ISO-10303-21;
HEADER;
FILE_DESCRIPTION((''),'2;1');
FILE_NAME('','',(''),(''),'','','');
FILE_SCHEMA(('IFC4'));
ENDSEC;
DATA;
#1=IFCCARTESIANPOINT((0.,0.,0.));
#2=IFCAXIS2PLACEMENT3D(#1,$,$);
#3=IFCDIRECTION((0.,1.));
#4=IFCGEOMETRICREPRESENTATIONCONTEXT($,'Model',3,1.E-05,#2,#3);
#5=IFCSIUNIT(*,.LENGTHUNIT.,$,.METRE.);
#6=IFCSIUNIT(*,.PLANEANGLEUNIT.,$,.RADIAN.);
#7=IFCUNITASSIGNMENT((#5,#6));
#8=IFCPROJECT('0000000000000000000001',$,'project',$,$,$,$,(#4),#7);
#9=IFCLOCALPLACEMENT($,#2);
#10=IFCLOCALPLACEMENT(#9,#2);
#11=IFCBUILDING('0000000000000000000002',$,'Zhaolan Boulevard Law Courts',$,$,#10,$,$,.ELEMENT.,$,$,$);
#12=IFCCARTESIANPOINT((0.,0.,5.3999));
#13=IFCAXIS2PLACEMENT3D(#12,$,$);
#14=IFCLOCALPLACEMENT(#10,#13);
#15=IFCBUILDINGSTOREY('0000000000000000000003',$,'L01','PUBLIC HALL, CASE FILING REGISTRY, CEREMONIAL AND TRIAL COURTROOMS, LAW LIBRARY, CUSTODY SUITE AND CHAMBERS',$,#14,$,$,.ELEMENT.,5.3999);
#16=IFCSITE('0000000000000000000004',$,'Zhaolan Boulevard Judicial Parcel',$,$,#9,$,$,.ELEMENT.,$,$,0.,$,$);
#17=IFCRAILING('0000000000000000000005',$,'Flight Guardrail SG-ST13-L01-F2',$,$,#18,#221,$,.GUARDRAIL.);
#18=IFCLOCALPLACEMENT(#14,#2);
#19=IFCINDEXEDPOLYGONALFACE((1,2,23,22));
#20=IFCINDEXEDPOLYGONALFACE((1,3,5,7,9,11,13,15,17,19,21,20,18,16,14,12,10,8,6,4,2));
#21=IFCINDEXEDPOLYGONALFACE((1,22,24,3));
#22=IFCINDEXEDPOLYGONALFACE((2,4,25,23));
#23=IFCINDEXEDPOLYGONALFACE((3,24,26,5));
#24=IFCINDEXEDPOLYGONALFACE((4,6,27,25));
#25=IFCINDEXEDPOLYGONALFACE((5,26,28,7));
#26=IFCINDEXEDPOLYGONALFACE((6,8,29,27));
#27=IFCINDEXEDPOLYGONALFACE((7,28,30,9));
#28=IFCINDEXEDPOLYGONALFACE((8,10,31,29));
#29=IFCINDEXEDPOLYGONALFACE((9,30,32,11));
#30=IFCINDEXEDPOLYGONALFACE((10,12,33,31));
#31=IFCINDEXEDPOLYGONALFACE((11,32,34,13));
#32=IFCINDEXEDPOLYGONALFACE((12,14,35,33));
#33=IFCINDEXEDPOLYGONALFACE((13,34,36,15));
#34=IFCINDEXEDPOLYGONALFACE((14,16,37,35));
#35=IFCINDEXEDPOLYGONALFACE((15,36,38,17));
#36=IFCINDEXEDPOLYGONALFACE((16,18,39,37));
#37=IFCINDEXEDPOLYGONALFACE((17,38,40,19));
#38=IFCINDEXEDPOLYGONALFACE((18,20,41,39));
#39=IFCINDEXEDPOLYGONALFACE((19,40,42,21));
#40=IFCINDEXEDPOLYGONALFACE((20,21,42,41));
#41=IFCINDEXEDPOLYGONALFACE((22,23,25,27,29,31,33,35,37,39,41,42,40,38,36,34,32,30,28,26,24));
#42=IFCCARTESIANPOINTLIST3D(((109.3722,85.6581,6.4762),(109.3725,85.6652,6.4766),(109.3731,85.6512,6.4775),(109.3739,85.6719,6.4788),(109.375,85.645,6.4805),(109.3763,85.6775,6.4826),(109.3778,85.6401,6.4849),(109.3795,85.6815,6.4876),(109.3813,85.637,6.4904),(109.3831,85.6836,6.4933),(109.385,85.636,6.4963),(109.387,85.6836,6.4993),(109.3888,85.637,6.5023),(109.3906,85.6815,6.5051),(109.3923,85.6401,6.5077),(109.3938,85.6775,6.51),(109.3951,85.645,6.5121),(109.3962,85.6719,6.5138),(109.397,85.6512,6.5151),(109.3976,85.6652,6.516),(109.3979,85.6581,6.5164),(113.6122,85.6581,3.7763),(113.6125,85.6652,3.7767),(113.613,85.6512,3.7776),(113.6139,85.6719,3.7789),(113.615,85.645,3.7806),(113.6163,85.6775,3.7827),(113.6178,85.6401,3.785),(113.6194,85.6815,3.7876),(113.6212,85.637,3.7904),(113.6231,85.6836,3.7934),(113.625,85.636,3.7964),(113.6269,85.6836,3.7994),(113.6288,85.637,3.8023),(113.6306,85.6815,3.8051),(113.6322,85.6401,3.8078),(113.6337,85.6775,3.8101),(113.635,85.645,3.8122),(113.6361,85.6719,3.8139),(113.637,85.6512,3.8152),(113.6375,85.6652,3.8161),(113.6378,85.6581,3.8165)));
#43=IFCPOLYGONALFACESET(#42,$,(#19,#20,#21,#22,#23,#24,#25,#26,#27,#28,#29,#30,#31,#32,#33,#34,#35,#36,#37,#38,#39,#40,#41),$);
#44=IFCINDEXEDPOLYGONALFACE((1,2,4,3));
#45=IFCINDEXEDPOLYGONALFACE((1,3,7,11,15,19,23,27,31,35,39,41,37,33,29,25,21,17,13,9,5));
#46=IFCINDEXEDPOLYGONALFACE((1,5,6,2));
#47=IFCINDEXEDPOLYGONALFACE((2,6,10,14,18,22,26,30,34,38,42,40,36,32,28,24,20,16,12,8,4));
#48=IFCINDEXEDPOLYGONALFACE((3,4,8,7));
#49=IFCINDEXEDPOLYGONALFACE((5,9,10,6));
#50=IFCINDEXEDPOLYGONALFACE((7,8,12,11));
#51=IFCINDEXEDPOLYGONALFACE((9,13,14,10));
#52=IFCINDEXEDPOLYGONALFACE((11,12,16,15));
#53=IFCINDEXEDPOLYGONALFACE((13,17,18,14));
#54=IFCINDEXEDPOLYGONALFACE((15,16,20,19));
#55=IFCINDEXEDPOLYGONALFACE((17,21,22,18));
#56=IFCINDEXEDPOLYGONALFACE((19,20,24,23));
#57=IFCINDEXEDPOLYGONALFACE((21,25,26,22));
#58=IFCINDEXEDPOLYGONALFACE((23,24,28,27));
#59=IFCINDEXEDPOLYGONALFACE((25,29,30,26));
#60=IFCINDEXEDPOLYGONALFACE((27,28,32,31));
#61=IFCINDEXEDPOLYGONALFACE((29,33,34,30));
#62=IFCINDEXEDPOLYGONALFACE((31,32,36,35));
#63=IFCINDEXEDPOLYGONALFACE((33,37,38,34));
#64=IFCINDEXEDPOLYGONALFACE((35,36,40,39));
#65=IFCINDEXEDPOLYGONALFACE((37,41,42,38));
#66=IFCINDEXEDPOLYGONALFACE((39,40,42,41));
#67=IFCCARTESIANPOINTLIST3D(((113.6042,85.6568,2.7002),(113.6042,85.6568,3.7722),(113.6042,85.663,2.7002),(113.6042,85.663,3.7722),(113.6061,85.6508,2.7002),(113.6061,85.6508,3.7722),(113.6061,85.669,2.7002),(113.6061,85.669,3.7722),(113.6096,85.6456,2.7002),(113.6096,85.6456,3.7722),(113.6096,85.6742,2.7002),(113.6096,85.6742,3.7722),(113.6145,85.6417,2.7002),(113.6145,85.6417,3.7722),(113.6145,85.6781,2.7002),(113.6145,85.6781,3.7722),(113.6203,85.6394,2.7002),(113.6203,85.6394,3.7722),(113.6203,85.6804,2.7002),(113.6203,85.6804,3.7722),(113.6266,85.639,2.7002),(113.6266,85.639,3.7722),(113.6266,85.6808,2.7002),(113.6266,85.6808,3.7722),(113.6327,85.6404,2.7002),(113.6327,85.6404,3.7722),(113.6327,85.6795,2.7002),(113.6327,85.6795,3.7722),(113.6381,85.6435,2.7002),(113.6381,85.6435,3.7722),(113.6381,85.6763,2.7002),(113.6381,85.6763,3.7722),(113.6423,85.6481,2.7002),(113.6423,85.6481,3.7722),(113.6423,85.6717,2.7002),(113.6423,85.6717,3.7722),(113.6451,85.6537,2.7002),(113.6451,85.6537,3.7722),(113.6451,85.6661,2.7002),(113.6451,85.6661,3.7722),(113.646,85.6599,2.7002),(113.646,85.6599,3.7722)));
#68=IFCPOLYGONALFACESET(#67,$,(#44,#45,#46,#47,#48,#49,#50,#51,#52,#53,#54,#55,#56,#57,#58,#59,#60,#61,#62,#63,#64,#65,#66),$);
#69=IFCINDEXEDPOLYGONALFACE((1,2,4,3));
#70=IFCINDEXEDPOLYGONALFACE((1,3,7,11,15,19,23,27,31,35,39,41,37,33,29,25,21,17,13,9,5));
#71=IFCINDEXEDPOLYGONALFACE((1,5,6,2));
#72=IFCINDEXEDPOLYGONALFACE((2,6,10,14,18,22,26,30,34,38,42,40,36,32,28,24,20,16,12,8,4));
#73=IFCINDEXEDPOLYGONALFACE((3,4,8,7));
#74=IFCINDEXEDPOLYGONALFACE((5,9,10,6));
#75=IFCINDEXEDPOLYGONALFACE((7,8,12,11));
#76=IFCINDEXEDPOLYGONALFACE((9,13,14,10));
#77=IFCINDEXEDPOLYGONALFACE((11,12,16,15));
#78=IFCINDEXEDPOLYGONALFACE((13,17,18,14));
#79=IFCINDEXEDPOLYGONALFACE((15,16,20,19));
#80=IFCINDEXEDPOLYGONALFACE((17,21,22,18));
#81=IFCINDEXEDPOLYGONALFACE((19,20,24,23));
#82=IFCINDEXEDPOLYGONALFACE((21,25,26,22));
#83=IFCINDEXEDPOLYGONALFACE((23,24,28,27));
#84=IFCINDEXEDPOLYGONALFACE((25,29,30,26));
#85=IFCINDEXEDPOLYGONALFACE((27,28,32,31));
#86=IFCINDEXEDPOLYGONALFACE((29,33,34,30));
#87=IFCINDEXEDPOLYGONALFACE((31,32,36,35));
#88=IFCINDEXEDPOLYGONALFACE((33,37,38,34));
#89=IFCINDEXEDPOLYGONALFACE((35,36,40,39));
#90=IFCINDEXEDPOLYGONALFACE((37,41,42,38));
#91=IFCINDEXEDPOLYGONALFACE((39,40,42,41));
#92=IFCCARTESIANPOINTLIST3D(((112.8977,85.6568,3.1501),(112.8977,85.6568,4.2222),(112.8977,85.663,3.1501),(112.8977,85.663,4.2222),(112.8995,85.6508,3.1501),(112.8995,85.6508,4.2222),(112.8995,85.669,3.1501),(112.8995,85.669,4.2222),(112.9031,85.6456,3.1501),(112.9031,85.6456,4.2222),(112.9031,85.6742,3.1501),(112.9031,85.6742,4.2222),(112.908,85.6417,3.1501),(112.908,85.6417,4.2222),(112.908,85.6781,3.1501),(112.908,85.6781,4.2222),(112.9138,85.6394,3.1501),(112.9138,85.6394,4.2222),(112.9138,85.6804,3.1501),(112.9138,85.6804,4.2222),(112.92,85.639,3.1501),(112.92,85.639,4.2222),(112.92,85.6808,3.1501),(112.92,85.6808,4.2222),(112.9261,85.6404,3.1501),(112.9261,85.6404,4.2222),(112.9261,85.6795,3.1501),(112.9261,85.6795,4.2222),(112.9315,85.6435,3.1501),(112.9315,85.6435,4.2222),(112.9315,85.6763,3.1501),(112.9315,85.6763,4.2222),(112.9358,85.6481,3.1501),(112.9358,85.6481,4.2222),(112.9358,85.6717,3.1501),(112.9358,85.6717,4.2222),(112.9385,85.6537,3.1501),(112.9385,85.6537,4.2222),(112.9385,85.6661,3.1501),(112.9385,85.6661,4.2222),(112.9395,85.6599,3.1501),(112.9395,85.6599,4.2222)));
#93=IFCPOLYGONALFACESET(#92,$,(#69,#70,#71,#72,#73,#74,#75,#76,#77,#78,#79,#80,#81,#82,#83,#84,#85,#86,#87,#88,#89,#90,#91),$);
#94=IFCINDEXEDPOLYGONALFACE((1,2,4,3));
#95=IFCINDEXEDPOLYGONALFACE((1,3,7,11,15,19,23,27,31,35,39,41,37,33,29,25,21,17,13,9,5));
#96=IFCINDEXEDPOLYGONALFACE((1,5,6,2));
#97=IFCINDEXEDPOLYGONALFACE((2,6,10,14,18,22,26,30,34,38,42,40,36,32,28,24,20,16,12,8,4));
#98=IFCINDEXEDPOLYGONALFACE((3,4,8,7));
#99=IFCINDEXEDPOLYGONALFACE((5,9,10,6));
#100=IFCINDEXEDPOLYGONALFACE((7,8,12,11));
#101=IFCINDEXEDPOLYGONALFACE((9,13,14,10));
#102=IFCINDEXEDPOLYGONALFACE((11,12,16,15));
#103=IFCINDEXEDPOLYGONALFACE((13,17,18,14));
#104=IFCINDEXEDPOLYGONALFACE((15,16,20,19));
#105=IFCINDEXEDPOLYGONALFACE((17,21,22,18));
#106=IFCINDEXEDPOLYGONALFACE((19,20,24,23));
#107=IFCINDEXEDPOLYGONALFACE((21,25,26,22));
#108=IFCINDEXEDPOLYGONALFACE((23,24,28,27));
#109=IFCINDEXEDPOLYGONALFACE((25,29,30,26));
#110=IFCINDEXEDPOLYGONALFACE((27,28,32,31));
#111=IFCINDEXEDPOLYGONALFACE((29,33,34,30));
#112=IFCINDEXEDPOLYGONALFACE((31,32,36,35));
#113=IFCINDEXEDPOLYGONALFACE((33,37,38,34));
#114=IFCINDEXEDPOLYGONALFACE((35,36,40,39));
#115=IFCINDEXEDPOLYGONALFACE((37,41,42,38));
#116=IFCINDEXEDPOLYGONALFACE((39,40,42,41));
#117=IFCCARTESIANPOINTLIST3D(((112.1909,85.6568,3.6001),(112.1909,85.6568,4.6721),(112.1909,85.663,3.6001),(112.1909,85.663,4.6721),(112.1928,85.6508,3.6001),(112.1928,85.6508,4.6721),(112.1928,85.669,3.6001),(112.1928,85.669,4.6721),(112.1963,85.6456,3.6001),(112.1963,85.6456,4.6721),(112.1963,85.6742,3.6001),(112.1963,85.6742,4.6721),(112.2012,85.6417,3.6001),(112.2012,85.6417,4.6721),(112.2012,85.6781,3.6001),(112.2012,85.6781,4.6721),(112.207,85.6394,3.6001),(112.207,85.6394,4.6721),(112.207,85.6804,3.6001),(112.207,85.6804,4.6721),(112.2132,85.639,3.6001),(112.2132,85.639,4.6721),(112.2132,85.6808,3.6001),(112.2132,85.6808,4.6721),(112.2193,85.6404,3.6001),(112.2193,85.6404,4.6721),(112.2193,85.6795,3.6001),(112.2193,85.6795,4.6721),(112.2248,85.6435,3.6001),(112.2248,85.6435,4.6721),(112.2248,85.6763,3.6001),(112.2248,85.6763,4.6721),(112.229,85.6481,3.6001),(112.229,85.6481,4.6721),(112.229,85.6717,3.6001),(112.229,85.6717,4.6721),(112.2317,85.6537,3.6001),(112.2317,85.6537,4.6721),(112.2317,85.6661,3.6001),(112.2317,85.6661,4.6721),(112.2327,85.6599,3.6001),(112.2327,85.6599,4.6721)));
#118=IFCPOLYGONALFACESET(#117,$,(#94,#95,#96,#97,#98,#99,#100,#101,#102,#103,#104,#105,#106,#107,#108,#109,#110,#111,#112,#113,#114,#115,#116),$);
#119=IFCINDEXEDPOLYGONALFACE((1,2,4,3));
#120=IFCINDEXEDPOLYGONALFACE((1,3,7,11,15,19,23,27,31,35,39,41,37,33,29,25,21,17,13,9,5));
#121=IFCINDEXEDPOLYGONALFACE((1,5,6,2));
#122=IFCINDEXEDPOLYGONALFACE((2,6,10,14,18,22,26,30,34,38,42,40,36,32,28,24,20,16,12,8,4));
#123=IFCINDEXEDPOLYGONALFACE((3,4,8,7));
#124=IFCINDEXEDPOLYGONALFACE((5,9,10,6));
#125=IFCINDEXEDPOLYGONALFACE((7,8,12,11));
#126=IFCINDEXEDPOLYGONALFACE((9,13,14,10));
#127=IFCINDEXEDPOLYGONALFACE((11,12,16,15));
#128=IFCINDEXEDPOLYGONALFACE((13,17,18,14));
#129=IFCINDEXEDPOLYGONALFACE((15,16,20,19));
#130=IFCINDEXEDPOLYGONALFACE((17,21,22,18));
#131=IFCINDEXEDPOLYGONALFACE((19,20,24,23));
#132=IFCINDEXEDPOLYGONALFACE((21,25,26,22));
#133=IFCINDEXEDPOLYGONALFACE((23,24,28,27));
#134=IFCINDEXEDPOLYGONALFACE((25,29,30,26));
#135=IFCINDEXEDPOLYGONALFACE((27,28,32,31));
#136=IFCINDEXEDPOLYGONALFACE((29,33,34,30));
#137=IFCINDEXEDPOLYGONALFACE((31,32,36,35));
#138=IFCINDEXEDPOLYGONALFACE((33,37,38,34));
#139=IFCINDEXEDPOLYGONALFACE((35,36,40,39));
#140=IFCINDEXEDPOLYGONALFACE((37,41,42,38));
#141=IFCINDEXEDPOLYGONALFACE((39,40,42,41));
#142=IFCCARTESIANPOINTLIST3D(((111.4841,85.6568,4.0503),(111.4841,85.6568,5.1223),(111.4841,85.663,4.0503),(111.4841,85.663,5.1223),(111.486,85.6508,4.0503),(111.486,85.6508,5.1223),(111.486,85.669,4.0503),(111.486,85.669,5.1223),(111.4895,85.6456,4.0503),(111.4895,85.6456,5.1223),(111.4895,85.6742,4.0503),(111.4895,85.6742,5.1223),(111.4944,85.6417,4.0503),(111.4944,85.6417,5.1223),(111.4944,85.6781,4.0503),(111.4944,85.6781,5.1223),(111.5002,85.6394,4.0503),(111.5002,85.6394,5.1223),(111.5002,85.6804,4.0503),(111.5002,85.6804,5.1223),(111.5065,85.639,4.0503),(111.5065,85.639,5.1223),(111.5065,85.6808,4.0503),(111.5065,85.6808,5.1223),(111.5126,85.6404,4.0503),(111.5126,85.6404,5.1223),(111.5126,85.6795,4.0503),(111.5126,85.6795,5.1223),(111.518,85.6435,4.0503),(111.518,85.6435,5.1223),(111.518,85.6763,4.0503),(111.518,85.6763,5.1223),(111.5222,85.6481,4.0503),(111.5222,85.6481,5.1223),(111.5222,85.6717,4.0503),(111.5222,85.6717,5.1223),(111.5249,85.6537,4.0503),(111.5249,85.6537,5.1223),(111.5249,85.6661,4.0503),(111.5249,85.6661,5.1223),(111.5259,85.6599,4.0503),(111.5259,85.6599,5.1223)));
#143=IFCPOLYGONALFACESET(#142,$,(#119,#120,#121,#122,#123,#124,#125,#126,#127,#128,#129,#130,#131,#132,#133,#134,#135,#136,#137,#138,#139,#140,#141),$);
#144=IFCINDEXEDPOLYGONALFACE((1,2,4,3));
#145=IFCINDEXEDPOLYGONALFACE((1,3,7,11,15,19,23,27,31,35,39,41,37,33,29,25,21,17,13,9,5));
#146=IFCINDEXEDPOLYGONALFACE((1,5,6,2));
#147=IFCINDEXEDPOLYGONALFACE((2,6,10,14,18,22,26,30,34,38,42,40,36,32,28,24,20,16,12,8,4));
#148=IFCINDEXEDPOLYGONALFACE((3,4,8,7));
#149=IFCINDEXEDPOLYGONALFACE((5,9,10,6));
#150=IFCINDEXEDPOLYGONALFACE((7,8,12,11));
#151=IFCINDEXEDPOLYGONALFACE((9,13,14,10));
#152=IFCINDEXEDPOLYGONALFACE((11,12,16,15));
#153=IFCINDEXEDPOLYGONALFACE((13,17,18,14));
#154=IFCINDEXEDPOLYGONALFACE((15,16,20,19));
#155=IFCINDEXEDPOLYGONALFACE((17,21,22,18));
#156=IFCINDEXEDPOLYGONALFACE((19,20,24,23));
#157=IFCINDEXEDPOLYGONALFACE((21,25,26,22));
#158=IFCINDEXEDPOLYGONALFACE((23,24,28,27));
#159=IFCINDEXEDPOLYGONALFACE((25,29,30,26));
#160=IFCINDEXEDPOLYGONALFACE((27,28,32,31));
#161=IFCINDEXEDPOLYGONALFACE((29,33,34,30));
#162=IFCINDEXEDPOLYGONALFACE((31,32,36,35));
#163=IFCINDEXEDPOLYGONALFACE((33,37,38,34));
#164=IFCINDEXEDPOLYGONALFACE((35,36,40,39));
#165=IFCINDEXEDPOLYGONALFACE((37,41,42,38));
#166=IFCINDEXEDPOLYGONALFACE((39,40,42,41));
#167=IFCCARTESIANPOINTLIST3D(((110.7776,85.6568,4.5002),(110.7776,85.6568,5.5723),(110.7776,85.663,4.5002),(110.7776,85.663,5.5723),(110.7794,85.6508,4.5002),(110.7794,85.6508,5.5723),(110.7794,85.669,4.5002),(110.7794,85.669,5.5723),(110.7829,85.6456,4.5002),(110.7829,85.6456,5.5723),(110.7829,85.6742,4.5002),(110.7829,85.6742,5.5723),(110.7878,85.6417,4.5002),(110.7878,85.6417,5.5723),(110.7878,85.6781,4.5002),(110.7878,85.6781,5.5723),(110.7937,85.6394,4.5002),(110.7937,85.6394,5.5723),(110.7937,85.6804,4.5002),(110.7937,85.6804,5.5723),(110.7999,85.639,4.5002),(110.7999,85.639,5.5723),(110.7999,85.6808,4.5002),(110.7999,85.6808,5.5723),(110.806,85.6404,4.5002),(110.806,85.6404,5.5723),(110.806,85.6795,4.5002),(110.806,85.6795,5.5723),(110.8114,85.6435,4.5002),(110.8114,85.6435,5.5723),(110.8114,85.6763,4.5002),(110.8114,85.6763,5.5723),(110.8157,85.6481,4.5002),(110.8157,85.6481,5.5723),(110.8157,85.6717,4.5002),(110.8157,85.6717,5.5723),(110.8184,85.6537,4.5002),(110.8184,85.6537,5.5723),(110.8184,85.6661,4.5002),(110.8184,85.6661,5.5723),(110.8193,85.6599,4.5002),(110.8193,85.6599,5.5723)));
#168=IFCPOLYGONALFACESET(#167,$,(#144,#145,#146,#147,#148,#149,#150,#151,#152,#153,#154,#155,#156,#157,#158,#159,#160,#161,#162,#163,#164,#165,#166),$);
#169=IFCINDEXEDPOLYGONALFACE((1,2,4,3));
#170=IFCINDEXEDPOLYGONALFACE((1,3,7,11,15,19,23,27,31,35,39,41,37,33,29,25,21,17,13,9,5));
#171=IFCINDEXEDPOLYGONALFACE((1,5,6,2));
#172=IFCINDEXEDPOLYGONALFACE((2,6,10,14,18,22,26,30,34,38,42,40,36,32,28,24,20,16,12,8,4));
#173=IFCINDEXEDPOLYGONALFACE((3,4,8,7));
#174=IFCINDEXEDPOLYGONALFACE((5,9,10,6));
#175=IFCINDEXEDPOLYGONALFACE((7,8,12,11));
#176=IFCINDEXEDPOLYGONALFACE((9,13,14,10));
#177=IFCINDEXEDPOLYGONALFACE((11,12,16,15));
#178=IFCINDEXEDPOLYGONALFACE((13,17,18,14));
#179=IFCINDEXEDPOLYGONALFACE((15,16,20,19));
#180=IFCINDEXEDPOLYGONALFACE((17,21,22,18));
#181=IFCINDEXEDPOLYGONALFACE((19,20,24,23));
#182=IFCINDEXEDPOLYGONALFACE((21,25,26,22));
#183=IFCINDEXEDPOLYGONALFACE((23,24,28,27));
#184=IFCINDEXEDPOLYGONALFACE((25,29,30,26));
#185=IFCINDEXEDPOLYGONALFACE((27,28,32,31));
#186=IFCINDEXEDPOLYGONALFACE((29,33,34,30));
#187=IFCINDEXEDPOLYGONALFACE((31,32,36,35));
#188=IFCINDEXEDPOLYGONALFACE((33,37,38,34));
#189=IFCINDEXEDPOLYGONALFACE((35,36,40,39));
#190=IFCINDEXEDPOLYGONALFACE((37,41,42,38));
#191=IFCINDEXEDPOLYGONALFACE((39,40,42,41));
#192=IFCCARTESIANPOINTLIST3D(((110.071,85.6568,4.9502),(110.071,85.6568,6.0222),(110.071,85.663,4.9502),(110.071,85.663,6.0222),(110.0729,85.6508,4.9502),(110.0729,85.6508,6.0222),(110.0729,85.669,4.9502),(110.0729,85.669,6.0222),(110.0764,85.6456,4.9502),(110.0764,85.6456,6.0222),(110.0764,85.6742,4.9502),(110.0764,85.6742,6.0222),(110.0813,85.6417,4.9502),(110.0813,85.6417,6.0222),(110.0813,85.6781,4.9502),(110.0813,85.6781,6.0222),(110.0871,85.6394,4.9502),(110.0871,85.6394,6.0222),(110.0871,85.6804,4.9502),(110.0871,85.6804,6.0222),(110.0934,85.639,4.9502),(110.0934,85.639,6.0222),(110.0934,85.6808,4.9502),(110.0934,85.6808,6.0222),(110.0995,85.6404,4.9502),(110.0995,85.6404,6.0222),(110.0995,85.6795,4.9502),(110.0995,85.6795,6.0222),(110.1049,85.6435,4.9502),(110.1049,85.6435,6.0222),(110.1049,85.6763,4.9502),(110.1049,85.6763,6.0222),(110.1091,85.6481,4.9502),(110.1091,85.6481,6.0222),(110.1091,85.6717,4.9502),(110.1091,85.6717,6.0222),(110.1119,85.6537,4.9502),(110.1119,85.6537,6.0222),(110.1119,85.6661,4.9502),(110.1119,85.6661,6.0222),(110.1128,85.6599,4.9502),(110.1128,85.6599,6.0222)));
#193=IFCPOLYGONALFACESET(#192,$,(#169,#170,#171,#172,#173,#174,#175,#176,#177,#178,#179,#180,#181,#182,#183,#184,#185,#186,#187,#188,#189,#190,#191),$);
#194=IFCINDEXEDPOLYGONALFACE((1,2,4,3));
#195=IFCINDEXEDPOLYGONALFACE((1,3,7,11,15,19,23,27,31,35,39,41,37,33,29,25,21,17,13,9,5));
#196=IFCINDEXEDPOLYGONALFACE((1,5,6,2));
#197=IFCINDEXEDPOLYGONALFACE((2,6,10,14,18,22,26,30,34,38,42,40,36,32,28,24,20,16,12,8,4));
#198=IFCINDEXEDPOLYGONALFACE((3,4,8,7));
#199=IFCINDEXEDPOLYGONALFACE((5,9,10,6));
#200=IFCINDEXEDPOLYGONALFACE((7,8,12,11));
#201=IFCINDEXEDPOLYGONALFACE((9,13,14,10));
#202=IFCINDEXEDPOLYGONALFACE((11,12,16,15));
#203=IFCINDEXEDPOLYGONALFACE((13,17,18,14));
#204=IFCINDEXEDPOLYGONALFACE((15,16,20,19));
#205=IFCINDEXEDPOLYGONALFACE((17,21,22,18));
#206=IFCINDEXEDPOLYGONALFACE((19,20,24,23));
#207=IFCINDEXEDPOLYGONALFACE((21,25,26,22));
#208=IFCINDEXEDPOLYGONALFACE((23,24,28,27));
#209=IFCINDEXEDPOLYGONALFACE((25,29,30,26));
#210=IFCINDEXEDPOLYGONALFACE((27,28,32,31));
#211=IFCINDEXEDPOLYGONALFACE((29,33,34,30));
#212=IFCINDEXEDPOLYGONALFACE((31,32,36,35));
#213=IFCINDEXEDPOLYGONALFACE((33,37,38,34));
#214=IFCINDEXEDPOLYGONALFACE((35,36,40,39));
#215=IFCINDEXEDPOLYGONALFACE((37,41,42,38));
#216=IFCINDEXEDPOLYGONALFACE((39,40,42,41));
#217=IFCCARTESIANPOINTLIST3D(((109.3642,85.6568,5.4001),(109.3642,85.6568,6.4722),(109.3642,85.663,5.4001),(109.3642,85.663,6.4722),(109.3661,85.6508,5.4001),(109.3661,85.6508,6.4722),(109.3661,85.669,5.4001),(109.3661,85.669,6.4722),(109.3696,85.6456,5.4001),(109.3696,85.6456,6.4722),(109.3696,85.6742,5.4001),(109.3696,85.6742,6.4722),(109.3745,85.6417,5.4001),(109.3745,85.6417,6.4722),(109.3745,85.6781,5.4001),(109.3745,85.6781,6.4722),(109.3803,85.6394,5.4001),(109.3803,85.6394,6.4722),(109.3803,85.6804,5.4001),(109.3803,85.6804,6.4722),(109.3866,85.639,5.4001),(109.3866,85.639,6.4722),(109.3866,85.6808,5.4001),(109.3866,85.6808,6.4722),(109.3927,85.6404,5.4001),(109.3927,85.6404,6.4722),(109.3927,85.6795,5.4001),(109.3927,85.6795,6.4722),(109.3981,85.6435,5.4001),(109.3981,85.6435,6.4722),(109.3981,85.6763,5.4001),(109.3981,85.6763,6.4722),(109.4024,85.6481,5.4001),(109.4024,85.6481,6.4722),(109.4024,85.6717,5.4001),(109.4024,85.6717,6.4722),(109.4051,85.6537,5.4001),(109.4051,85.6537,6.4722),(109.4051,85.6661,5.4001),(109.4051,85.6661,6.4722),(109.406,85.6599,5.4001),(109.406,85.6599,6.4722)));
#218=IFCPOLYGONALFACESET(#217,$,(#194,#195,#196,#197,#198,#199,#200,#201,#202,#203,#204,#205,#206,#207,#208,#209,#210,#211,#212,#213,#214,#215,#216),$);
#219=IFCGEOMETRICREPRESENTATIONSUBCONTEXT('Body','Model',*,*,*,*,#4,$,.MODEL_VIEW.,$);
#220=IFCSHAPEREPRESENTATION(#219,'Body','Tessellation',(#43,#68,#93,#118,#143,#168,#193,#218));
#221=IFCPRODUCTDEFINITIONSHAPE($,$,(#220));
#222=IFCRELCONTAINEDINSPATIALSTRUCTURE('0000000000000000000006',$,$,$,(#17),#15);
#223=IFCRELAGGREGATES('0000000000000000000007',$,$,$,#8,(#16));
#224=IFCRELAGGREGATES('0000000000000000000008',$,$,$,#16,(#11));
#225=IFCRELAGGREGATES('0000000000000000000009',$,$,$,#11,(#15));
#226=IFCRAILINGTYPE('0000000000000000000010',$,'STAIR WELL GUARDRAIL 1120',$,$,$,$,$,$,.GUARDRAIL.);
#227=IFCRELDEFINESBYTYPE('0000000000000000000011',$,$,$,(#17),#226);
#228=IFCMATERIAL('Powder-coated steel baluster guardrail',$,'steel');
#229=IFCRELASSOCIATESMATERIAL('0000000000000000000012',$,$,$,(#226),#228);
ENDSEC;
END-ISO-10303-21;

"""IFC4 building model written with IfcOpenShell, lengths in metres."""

from ifc_helpers import new_model, si_unit, direction, frame, origin, origin_2d, place, context, subcontext, project, spatial, circle, extrude, material, type_object, element, save


model = new_model("IFC4")

# Units and contexts
model_context = context("Model", 3, precision=1e-05, world=origin(), true_north=direction((0.0, 1.0)))
body_context = subcontext(model_context, "Body", "Model", "MODEL_VIEW")
ifc_project = project(units=[si_unit("LENGTHUNIT", "METRE"), si_unit("PLANEANGLEUNIT", "RADIAN")], contexts=[model_context])

# Site, building, storey
site_placement = place(None, origin())
site = spatial("IfcSite", under=ifc_project, at=site_placement, Name="Zhaolan Boulevard Judicial Parcel", CompositionType="ELEMENT", RefElevation=0.0)
building_placement = place(site_placement, origin())
building = spatial("IfcBuilding", under=site, at=building_placement, Name="Zhaolan Boulevard Law Courts", CompositionType="ELEMENT")
storey_placement = place(building_placement, frame((0.0, 0.0, 5.3999)))
storey = spatial("IfcBuildingStorey", under=building, at=storey_placement, Name="L01", Description="PUBLIC HALL, CASE FILING REGISTRY, CEREMONIAL AND TRIAL COURTROOMS, LAW LIBRARY, CUSTODY SUITE AND CHAMBERS", CompositionType="ELEMENT", Elevation=5.3999)

# Railing
ifc_material_1 = material(Name="Powder-coated steel baluster guardrail", Category="steel")
railing_type_1 = type_object("IfcRailingType", Name="STAIR WELL GUARDRAIL 1120", PredefinedType="GUARDRAIL", material=ifc_material_1)
railing_1_placement = place(storey_placement, frame((113.625, 85.6599, 2.7002)))
element("IfcRailing", 1, at=railing_1_placement, inside=storey, type_object=railing_type_1, Name="Flight Guardrail SG-ST13-L01-F2", PredefinedType="GUARDRAIL", context=body_context, shape_type="SweptSolid", body=[
    extrude(circle(Radius=0.0239, at=origin_2d()), frame((0.0, 0.0, 1.0962), z_axis=(-0.843501, 0.0, 0.537127), x_axis=(0.0, -1.0, 0.0)), (0.0, 0.0, 1.0), 5.0266),
    extrude(circle(Radius=0.021, at=origin_2d()), origin(), (0.0, 0.0, 1.0), 1.072),
    extrude(circle(Radius=0.021, at=origin_2d()), frame((-0.7065, 0.0, 0.45)), (0.0, 0.0, 1.0), 1.072),
    extrude(circle(Radius=0.021, at=origin_2d()), frame((-1.4133, 0.0, 0.8999)), (0.0, 0.0, 1.0), 1.072),
    extrude(circle(Radius=0.021, at=origin_2d()), frame((-2.1201, 0.0, 1.3501)), (0.0, 0.0, 1.0), 1.072),
    extrude(circle(Radius=0.021, at=origin_2d()), frame((-2.8267, 0.0, 1.8)), (0.0, 0.0, 1.0), 1.072),
    extrude(circle(Radius=0.021, at=origin_2d()), frame((-3.5332, 0.0, 2.25)), (0.0, 0.0, 1.0), 1.072),
    extrude(circle(Radius=0.021, at=origin_2d()), frame((-4.24, 0.0, 2.7)), (0.0, 0.0, 1.0), 1.072),
])

save(model, "model.ifc")
